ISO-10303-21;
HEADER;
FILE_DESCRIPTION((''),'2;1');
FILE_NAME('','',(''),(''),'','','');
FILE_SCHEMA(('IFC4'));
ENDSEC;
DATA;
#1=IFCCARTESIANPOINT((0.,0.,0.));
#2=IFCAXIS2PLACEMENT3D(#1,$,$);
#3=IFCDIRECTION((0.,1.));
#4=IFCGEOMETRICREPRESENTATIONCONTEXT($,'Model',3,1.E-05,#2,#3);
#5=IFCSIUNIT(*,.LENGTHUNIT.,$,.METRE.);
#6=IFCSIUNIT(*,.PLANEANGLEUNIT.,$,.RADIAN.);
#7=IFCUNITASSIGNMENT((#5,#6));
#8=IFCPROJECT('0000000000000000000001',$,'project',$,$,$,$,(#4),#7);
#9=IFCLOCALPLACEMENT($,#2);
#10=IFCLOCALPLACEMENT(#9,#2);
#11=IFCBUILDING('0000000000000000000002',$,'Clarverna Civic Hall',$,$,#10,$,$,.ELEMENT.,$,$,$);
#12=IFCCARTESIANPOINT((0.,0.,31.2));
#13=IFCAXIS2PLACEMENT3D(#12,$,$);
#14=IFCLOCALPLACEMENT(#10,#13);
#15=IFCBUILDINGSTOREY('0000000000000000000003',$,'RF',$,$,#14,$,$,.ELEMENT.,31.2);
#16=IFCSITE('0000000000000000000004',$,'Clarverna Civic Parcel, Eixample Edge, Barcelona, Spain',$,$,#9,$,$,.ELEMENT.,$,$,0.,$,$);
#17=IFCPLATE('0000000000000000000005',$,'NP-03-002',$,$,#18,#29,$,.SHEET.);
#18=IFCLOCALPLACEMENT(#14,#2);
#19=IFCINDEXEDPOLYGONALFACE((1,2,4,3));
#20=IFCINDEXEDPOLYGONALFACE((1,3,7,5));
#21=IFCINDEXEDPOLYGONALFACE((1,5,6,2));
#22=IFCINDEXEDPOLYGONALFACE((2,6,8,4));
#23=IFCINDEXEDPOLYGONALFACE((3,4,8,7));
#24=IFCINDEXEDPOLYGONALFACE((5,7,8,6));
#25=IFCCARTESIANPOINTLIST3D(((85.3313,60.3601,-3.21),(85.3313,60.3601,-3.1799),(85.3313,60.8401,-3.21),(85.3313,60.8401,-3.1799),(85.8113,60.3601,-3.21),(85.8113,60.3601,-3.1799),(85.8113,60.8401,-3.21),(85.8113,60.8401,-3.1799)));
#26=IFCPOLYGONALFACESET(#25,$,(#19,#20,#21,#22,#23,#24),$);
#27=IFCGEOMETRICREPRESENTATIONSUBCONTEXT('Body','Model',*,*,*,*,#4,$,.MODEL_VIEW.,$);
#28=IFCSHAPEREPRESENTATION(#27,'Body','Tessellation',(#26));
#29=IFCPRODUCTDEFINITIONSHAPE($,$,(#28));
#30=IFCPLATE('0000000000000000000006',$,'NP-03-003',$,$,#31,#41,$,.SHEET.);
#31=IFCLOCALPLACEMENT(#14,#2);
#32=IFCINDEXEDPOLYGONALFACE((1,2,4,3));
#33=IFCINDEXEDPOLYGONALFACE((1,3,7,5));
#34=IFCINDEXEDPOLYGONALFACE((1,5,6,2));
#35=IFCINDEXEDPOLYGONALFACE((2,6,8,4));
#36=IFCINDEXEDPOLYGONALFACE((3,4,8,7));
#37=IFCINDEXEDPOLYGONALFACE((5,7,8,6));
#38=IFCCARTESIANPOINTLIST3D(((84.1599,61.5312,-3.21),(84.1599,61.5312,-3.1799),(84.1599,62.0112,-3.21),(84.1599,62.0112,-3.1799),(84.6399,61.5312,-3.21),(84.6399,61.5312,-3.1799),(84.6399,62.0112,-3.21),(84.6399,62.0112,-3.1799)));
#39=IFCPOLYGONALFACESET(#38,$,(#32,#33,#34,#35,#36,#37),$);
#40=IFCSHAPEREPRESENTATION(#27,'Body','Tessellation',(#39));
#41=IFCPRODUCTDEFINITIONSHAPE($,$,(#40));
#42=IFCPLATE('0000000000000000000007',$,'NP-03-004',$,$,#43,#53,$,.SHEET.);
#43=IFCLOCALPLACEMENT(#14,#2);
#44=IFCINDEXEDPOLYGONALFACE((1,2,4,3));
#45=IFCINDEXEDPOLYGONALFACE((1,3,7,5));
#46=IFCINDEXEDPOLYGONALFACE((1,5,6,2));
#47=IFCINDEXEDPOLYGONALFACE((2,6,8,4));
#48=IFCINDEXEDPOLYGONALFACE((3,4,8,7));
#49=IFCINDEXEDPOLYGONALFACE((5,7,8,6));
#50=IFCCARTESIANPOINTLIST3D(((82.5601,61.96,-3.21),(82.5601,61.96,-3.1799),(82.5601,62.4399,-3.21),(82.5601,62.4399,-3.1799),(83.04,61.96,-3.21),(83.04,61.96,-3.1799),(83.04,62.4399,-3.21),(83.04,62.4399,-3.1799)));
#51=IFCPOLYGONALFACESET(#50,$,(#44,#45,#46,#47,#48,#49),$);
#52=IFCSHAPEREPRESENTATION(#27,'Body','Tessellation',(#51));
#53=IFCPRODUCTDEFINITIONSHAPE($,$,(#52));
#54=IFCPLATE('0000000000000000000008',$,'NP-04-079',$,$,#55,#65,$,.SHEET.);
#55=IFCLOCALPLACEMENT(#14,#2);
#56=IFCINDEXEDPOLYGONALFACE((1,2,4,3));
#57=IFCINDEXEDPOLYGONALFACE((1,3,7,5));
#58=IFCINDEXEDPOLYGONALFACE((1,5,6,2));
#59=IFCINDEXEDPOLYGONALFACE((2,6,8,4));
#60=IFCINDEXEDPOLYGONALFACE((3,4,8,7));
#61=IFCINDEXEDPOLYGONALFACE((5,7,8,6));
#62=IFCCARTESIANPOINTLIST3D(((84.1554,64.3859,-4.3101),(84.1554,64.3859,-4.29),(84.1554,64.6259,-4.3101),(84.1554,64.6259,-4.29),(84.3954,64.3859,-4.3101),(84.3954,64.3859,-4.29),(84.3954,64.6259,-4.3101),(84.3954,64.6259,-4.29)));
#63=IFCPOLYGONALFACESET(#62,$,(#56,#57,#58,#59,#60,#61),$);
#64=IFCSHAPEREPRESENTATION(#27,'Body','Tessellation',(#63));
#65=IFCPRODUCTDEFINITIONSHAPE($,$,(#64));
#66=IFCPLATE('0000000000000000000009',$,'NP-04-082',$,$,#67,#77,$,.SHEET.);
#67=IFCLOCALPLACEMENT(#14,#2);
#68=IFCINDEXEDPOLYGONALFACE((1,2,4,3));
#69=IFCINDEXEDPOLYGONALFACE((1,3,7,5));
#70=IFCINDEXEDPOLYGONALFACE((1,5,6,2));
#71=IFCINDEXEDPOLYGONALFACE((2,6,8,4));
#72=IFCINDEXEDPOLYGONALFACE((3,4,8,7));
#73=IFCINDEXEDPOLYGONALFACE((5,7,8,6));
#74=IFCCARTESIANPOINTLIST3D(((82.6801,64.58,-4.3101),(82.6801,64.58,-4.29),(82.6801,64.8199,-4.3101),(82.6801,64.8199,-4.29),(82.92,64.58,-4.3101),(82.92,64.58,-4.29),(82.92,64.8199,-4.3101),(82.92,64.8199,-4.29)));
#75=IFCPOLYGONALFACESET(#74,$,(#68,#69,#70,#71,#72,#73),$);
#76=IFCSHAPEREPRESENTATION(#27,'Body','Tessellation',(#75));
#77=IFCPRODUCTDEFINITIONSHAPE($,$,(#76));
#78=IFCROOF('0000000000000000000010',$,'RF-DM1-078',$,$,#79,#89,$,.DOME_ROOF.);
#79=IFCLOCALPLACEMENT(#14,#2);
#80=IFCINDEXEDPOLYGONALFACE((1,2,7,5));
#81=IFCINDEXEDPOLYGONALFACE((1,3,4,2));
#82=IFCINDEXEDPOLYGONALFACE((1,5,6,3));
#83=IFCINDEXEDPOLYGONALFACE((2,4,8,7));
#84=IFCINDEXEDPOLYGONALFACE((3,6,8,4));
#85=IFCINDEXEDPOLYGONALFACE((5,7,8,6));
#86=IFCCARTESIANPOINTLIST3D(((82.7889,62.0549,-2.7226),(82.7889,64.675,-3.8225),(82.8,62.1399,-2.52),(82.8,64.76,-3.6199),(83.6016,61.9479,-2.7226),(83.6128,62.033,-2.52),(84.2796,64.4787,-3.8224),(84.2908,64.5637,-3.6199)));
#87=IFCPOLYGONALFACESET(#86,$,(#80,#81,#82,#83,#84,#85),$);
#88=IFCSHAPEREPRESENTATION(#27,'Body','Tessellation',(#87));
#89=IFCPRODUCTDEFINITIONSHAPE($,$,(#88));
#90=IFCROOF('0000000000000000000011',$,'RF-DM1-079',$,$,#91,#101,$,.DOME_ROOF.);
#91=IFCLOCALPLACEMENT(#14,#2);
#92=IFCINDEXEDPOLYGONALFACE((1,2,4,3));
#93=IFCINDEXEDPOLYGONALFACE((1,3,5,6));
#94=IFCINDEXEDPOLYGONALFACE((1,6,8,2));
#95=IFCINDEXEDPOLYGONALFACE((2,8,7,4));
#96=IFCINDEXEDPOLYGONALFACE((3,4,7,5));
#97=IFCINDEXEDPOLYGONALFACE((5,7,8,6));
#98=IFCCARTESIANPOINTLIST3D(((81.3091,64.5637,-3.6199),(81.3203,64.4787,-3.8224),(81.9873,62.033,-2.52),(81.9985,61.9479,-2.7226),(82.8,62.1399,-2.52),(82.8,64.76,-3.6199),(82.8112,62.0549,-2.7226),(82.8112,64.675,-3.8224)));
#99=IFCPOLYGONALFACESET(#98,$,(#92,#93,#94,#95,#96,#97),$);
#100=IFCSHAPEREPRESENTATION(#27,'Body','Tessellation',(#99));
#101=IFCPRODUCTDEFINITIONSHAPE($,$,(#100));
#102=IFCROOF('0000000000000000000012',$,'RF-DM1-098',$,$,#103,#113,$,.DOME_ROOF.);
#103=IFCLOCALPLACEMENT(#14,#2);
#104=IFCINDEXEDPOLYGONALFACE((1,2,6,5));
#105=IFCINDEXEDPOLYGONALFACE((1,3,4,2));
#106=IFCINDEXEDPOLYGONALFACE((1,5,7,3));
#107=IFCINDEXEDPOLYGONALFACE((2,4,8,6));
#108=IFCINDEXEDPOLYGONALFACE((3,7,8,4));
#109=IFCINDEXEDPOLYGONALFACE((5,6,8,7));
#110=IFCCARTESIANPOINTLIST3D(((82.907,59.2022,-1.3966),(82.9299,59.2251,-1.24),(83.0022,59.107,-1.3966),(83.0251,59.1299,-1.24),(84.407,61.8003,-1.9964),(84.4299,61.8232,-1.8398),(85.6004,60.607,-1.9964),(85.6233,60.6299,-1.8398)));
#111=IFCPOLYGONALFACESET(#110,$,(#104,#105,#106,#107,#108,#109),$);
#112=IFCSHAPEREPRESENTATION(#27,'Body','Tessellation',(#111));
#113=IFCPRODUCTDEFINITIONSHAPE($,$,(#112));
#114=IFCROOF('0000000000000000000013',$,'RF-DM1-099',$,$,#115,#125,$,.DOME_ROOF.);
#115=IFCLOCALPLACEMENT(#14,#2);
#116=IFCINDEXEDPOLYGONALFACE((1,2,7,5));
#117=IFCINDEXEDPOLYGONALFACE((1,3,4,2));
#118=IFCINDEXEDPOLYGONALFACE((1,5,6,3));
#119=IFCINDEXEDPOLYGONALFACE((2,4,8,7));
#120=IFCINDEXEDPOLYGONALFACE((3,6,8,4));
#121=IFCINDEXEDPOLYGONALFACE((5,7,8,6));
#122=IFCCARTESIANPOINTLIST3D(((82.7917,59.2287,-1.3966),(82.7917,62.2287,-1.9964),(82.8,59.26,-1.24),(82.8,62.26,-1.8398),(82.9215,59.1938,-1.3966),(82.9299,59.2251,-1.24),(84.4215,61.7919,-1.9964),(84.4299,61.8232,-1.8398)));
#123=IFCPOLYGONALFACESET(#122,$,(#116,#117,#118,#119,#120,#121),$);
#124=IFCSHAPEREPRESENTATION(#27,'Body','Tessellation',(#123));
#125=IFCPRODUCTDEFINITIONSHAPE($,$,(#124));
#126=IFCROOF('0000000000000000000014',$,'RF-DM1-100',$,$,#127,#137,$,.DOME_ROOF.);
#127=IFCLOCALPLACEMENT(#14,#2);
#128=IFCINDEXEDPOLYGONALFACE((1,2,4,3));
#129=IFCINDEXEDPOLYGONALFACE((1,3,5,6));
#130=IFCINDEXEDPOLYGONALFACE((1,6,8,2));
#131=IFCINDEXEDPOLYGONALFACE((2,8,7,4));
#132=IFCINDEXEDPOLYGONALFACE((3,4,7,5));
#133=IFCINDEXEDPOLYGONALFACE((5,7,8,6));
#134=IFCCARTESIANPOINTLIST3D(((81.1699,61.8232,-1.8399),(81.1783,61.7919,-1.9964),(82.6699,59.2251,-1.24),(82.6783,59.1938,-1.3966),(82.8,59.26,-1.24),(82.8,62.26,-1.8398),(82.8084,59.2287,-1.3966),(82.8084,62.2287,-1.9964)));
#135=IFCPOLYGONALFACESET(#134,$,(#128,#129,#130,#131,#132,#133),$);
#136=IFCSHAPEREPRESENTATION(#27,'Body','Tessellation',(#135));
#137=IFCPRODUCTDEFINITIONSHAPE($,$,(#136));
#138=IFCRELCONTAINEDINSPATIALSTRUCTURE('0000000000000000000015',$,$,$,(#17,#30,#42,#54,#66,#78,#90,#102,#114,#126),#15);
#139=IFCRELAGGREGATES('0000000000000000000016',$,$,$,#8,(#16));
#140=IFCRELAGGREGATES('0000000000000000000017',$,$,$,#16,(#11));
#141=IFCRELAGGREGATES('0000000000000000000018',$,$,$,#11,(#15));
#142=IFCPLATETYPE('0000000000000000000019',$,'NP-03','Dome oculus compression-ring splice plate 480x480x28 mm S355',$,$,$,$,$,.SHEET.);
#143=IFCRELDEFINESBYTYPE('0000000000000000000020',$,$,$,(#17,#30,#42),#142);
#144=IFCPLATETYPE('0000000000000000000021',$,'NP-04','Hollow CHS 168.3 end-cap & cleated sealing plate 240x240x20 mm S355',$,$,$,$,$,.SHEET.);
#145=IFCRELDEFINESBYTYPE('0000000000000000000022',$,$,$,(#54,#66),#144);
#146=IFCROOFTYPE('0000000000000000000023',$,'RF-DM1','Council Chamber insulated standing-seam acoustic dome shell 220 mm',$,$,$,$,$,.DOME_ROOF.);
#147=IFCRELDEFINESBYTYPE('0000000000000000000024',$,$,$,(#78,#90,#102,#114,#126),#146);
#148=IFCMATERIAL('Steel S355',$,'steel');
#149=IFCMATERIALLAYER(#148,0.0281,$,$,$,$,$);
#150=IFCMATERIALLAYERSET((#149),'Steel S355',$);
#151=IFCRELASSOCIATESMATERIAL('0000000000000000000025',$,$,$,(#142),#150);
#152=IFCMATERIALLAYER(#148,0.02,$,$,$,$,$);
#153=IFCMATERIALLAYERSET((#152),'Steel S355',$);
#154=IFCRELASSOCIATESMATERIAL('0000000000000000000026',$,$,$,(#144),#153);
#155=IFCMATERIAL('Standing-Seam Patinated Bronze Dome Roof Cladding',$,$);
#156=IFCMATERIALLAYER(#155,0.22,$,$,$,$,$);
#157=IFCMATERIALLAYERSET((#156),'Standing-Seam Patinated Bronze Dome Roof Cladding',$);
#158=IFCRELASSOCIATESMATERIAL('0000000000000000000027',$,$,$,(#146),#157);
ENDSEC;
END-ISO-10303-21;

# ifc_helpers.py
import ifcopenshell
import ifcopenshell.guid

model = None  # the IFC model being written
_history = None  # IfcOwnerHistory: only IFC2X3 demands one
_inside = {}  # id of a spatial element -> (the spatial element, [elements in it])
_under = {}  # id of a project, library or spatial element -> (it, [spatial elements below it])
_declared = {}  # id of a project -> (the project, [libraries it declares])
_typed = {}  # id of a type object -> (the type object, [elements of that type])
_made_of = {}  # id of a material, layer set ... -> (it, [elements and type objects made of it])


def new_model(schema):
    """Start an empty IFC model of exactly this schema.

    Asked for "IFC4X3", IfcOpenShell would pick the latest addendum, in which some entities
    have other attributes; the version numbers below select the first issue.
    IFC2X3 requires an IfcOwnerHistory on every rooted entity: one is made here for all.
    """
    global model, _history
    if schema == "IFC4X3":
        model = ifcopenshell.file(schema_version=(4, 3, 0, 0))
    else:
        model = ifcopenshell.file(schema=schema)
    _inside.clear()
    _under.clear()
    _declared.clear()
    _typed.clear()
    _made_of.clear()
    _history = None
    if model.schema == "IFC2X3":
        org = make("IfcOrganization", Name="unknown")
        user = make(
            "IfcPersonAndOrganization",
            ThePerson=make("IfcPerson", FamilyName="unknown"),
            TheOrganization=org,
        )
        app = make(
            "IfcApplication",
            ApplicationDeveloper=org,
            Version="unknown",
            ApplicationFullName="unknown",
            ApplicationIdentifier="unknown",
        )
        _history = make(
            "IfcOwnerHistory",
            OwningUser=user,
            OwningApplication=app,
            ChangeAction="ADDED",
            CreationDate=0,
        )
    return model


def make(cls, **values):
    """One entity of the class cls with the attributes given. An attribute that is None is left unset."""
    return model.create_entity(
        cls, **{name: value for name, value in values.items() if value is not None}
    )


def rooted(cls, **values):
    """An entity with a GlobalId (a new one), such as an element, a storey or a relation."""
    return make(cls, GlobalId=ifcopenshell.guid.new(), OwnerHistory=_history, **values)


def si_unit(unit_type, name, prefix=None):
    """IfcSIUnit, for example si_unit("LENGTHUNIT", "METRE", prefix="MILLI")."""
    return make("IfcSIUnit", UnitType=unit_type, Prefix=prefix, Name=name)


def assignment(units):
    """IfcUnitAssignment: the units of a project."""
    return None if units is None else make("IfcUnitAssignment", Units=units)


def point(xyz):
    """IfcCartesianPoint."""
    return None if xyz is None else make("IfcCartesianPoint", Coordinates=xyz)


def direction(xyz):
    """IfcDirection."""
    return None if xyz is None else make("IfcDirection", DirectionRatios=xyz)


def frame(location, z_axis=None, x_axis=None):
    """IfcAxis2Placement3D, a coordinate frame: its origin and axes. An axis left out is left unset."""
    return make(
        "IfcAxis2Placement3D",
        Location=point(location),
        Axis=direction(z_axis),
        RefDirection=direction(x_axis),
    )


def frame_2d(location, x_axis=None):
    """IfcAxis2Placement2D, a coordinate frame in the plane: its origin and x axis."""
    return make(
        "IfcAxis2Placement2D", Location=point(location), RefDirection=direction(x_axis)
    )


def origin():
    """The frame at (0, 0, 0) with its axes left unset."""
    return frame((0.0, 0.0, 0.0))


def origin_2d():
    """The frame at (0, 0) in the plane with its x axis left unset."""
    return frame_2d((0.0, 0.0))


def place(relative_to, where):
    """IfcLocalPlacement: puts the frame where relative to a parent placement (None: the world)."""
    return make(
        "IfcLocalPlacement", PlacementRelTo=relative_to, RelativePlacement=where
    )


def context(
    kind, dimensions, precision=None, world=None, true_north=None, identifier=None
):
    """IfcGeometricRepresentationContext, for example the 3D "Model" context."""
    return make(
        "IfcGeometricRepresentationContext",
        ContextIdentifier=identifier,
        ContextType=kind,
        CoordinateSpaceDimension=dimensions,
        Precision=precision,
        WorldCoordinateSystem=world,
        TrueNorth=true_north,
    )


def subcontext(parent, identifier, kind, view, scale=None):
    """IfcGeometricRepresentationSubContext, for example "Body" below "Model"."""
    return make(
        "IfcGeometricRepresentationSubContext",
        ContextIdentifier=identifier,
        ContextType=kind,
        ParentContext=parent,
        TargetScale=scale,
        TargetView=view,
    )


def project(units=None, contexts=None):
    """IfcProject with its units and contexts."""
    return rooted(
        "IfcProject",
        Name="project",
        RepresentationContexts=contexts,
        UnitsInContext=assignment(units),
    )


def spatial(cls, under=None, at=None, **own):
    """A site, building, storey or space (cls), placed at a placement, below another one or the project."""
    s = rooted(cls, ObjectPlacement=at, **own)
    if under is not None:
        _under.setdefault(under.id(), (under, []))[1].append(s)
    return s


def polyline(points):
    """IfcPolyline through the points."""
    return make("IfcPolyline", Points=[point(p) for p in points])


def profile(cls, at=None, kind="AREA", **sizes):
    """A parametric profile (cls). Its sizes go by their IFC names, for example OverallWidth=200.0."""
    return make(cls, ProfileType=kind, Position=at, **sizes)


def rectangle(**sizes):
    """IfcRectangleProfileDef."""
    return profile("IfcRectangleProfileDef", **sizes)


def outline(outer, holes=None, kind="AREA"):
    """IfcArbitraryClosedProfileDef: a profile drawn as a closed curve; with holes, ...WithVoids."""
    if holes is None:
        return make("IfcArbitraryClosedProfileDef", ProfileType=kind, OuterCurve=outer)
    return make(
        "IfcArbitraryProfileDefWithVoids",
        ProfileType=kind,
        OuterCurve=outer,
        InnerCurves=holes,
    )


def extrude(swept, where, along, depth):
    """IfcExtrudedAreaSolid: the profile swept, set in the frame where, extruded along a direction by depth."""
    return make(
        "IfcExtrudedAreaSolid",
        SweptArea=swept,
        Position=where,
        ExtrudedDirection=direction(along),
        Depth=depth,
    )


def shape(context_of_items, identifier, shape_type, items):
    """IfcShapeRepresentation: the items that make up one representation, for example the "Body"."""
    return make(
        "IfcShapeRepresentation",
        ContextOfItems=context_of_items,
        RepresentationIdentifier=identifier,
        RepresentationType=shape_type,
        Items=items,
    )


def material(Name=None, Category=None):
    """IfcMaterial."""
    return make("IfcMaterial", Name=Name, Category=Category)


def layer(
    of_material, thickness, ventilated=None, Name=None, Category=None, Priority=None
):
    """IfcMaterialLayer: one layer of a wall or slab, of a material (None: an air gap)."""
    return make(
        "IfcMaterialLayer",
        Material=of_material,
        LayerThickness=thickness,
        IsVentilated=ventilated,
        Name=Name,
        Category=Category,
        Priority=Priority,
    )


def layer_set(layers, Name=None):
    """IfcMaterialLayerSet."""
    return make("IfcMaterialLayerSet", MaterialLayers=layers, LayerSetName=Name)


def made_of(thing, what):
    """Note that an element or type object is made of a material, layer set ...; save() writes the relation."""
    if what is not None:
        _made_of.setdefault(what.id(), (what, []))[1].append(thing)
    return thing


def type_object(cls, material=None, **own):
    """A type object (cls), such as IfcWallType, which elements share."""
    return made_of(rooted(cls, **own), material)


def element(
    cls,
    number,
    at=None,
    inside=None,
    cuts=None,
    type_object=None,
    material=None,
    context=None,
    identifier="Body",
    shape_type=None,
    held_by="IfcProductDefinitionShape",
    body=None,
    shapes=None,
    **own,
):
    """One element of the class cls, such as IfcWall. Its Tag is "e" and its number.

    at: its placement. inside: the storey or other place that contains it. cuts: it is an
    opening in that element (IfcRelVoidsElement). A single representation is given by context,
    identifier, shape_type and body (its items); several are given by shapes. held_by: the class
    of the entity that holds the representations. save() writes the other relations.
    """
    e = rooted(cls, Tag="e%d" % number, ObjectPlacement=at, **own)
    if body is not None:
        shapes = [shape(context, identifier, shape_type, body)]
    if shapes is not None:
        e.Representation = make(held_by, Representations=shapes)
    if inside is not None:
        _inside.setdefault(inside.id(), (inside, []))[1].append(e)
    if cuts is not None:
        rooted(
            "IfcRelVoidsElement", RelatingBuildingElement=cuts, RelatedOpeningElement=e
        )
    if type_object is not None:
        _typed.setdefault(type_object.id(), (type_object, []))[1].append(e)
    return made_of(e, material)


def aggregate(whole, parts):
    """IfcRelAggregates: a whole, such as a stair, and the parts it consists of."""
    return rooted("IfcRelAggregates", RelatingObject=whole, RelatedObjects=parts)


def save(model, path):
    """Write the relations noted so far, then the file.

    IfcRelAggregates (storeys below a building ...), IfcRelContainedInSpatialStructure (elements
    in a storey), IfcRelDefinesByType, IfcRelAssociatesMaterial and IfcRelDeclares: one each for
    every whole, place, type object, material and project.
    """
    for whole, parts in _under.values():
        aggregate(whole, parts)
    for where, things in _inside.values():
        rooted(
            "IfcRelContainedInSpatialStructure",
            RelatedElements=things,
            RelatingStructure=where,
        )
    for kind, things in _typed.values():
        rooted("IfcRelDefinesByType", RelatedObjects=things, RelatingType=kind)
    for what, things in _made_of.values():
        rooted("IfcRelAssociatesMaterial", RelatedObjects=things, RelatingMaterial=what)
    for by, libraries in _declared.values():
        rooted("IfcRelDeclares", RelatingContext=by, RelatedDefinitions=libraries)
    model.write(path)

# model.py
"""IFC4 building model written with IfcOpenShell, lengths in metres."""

from ifc_helpers import new_model, si_unit, direction, frame, origin, origin_2d, place, context, subcontext, project, spatial, polyline, rectangle, outline, extrude, material, layer, layer_set, type_object, element, save


model = new_model("IFC4")

# Units and contexts
model_context = context("Model", 3, precision=1e-05, world=origin(), true_north=direction((0.0, 1.0)))
body_context = subcontext(model_context, "Body", "Model", "MODEL_VIEW")
ifc_project = project(units=[si_unit("LENGTHUNIT", "METRE"), si_unit("PLANEANGLEUNIT", "RADIAN")], contexts=[model_context])

# Site, building, storey
site_placement = place(None, origin())
site = spatial("IfcSite", under=ifc_project, at=site_placement, Name="Clarverna Civic Parcel, Eixample Edge, Barcelona, Spain", CompositionType="ELEMENT", RefElevation=0.0)
building_placement = place(site_placement, origin())
building = spatial("IfcBuilding", under=site, at=building_placement, Name="Clarverna Civic Hall", CompositionType="ELEMENT")
storey_placement = place(building_placement, frame((0.0, 0.0, 31.2)))
storey = spatial("IfcBuildingStorey", under=building, at=storey_placement, Name="RF", CompositionType="ELEMENT", Elevation=31.2)

# Shared definitions
ifc_material_1 = material(Name="Steel S355", Category="steel")

# Plates
ifc_layer_1 = layer(ifc_material_1, 0.0281)
ifc_layer_set_1 = layer_set([ifc_layer_1], Name="Steel S355")
plate_type_1 = type_object("IfcPlateType", Name="NP-03", Description="Dome oculus compression-ring splice plate 480x480x28 mm S355", PredefinedType="SHEET", material=ifc_layer_set_1)
for number, where, z_axis, x_axis, name in (
    (1, (85.5713, 60.6001, -3.21), (0.0, 0.0, 1.0), (1.0, 0.0, 0.0), "NP-03-002"),
    (2, (84.3999, 61.7712, -3.21), (0.0, 0.0, 1.0), (1.0, 0.0, 0.0), "NP-03-003"),
    (3, (82.8, 62.2, -3.21), (0.0, 0.0, 1.0), (1.0, 0.0, 0.0), "NP-03-004"),
):
    element("IfcPlate", number, at=place(storey_placement, frame(where, z_axis=z_axis, x_axis=x_axis)), inside=storey, type_object=plate_type_1, Name=name, PredefinedType="SHEET", context=body_context, shape_type="SweptSolid", body=[
        extrude(rectangle(XDim=0.48, YDim=0.48, at=origin_2d()), origin(), (0.0, 0.0, 1.0), 0.03),
    ])
ifc_layer_2 = layer(ifc_material_1, 0.02)
ifc_layer_set_2 = layer_set([ifc_layer_2], Name="Steel S355")
plate_type_2 = type_object("IfcPlateType", Name="NP-04", Description="Hollow CHS 168.3 end-cap & cleated sealing plate 240x240x20 mm S355", PredefinedType="SHEET", material=ifc_layer_set_2)
for number, where, z_axis, x_axis, name in (
    (4, (84.2754, 64.5059, -4.3101), (0.0, 0.0, 1.0), (1.0, 0.0, 0.0), "NP-04-079"),
    (5, (82.8, 64.7, -4.3101), (0.0, 0.0, 1.0), (1.0, 0.0, 0.0), "NP-04-082"),
):
    element("IfcPlate", number, at=place(storey_placement, frame(where, z_axis=z_axis, x_axis=x_axis)), inside=storey, type_object=plate_type_2, Name=name, PredefinedType="SHEET", context=body_context, shape_type="SweptSolid", body=[
        extrude(rectangle(XDim=0.24, YDim=0.24, at=origin_2d()), origin(), (0.0, 0.0, 1.0), 0.02),
    ])

# Roofs
ifc_material_2 = material(Name="Standing-Seam Patinated Bronze Dome Roof Cladding")
ifc_layer_3 = layer(ifc_material_2, 0.22)
ifc_layer_set_3 = layer_set([ifc_layer_3], Name="Standing-Seam Patinated Bronze Dome Roof Cladding")
roof_type = type_object("IfcRoofType", Name="RF-DM1", Description="Council Chamber insulated standing-seam acoustic dome shell 220 mm", PredefinedType="DOME_ROOF", material=ifc_layer_set_3)
roof_1_placement = place(storey_placement, frame((84.2908, 64.5637, -3.6199), z_axis=(0.050886, 0.38656, 0.92086), x_axis=(-0.991443, 0.130542, -0.000013)))
element("IfcRoof", 6, at=roof_1_placement, inside=storey, type_object=roof_type, Name="RF-DM1-078", PredefinedType="DOME_ROOF", context=body_context, shape_type="SweptSolid", body=[
    extrude(outline(polyline([(0.0, 0.0), (1.5036, 0.0), (1.1615, 2.8209), (0.3418, 2.8209), (0.0, 0.0)])), origin(), (0.0, 0.0, -1.0), 0.22),
])
roof_2_placement = place(storey_placement, frame((82.8, 64.76, -3.6199), z_axis=(-0.05088, 0.386558, 0.92086), x_axis=(-0.991445, -0.130522, 0.00001)))
element("IfcRoof", 7, at=roof_2_placement, inside=storey, type_object=roof_type, Name="RF-DM1-079", PredefinedType="DOME_ROOF", context=body_context, shape_type="SweptSolid", body=[
    extrude(outline(polyline([(0.0, 0.0), (1.5038, 0.0), (1.1617, 2.8209), (0.342, 2.8209), (0.0, 0.0)])), origin(), (0.0, 0.0, -1.0), 0.22),
])
roof_3_placement = place(storey_placement, frame((85.6233, 60.6299, -1.8398), z_axis=(0.143333, 0.143333, 0.97924), x_axis=(-0.707107, 0.707107, 0.0)))
element("IfcRoof", 8, at=roof_3_placement, inside=storey, type_object=roof_type, Name="RF-DM1-098", PredefinedType="DOME_ROOF", context=body_context, shape_type="SweptSolid", body=[
    extrude(outline(polyline([(0.0, 0.0), (1.6877, 0.0), (0.9112, 2.9593), (0.7765, 2.9593), (0.0, 0.0)])), origin(), (0.0, 0.0, -1.0), 0.1599),
])
roof_4_placement = place(storey_placement, frame((84.4299, 61.8232, -1.8398), z_axis=(0.05248, 0.195794, 0.97924), x_axis=(-0.965919, 0.258844, 0.000011)))
element("IfcRoof", 9, at=roof_4_placement, inside=storey, type_object=roof_type, Name="RF-DM1-099", PredefinedType="DOME_ROOF", context=body_context, shape_type="SweptSolid", body=[
    extrude(outline(polyline([(0.0, 0.0), (1.6874, 0.0), (0.9109, 2.9592), (0.7764, 2.9593), (0.0, 0.0)])), origin(), (0.0, 0.0, -1.0), 0.1599),
])
roof_5_placement = place(storey_placement, frame((82.8, 62.26, -1.8398), z_axis=(-0.052466, 0.195797, 0.97924), x_axis=(-0.965929, -0.258807, -0.000005)))
element("IfcRoof", 10, at=roof_5_placement, inside=storey, type_object=roof_type, Name="RF-DM1-100", PredefinedType="DOME_ROOF", context=body_context, shape_type="SweptSolid", body=[
    extrude(outline(polyline([(0.0, 0.0), (1.6876, 0.0), (0.9111, 2.9593), (0.7764, 2.9592), (0.0, 0.0)])), origin(), (0.0, 0.0, -1.0), 0.1599),
])

save(model, "model.ifc")
